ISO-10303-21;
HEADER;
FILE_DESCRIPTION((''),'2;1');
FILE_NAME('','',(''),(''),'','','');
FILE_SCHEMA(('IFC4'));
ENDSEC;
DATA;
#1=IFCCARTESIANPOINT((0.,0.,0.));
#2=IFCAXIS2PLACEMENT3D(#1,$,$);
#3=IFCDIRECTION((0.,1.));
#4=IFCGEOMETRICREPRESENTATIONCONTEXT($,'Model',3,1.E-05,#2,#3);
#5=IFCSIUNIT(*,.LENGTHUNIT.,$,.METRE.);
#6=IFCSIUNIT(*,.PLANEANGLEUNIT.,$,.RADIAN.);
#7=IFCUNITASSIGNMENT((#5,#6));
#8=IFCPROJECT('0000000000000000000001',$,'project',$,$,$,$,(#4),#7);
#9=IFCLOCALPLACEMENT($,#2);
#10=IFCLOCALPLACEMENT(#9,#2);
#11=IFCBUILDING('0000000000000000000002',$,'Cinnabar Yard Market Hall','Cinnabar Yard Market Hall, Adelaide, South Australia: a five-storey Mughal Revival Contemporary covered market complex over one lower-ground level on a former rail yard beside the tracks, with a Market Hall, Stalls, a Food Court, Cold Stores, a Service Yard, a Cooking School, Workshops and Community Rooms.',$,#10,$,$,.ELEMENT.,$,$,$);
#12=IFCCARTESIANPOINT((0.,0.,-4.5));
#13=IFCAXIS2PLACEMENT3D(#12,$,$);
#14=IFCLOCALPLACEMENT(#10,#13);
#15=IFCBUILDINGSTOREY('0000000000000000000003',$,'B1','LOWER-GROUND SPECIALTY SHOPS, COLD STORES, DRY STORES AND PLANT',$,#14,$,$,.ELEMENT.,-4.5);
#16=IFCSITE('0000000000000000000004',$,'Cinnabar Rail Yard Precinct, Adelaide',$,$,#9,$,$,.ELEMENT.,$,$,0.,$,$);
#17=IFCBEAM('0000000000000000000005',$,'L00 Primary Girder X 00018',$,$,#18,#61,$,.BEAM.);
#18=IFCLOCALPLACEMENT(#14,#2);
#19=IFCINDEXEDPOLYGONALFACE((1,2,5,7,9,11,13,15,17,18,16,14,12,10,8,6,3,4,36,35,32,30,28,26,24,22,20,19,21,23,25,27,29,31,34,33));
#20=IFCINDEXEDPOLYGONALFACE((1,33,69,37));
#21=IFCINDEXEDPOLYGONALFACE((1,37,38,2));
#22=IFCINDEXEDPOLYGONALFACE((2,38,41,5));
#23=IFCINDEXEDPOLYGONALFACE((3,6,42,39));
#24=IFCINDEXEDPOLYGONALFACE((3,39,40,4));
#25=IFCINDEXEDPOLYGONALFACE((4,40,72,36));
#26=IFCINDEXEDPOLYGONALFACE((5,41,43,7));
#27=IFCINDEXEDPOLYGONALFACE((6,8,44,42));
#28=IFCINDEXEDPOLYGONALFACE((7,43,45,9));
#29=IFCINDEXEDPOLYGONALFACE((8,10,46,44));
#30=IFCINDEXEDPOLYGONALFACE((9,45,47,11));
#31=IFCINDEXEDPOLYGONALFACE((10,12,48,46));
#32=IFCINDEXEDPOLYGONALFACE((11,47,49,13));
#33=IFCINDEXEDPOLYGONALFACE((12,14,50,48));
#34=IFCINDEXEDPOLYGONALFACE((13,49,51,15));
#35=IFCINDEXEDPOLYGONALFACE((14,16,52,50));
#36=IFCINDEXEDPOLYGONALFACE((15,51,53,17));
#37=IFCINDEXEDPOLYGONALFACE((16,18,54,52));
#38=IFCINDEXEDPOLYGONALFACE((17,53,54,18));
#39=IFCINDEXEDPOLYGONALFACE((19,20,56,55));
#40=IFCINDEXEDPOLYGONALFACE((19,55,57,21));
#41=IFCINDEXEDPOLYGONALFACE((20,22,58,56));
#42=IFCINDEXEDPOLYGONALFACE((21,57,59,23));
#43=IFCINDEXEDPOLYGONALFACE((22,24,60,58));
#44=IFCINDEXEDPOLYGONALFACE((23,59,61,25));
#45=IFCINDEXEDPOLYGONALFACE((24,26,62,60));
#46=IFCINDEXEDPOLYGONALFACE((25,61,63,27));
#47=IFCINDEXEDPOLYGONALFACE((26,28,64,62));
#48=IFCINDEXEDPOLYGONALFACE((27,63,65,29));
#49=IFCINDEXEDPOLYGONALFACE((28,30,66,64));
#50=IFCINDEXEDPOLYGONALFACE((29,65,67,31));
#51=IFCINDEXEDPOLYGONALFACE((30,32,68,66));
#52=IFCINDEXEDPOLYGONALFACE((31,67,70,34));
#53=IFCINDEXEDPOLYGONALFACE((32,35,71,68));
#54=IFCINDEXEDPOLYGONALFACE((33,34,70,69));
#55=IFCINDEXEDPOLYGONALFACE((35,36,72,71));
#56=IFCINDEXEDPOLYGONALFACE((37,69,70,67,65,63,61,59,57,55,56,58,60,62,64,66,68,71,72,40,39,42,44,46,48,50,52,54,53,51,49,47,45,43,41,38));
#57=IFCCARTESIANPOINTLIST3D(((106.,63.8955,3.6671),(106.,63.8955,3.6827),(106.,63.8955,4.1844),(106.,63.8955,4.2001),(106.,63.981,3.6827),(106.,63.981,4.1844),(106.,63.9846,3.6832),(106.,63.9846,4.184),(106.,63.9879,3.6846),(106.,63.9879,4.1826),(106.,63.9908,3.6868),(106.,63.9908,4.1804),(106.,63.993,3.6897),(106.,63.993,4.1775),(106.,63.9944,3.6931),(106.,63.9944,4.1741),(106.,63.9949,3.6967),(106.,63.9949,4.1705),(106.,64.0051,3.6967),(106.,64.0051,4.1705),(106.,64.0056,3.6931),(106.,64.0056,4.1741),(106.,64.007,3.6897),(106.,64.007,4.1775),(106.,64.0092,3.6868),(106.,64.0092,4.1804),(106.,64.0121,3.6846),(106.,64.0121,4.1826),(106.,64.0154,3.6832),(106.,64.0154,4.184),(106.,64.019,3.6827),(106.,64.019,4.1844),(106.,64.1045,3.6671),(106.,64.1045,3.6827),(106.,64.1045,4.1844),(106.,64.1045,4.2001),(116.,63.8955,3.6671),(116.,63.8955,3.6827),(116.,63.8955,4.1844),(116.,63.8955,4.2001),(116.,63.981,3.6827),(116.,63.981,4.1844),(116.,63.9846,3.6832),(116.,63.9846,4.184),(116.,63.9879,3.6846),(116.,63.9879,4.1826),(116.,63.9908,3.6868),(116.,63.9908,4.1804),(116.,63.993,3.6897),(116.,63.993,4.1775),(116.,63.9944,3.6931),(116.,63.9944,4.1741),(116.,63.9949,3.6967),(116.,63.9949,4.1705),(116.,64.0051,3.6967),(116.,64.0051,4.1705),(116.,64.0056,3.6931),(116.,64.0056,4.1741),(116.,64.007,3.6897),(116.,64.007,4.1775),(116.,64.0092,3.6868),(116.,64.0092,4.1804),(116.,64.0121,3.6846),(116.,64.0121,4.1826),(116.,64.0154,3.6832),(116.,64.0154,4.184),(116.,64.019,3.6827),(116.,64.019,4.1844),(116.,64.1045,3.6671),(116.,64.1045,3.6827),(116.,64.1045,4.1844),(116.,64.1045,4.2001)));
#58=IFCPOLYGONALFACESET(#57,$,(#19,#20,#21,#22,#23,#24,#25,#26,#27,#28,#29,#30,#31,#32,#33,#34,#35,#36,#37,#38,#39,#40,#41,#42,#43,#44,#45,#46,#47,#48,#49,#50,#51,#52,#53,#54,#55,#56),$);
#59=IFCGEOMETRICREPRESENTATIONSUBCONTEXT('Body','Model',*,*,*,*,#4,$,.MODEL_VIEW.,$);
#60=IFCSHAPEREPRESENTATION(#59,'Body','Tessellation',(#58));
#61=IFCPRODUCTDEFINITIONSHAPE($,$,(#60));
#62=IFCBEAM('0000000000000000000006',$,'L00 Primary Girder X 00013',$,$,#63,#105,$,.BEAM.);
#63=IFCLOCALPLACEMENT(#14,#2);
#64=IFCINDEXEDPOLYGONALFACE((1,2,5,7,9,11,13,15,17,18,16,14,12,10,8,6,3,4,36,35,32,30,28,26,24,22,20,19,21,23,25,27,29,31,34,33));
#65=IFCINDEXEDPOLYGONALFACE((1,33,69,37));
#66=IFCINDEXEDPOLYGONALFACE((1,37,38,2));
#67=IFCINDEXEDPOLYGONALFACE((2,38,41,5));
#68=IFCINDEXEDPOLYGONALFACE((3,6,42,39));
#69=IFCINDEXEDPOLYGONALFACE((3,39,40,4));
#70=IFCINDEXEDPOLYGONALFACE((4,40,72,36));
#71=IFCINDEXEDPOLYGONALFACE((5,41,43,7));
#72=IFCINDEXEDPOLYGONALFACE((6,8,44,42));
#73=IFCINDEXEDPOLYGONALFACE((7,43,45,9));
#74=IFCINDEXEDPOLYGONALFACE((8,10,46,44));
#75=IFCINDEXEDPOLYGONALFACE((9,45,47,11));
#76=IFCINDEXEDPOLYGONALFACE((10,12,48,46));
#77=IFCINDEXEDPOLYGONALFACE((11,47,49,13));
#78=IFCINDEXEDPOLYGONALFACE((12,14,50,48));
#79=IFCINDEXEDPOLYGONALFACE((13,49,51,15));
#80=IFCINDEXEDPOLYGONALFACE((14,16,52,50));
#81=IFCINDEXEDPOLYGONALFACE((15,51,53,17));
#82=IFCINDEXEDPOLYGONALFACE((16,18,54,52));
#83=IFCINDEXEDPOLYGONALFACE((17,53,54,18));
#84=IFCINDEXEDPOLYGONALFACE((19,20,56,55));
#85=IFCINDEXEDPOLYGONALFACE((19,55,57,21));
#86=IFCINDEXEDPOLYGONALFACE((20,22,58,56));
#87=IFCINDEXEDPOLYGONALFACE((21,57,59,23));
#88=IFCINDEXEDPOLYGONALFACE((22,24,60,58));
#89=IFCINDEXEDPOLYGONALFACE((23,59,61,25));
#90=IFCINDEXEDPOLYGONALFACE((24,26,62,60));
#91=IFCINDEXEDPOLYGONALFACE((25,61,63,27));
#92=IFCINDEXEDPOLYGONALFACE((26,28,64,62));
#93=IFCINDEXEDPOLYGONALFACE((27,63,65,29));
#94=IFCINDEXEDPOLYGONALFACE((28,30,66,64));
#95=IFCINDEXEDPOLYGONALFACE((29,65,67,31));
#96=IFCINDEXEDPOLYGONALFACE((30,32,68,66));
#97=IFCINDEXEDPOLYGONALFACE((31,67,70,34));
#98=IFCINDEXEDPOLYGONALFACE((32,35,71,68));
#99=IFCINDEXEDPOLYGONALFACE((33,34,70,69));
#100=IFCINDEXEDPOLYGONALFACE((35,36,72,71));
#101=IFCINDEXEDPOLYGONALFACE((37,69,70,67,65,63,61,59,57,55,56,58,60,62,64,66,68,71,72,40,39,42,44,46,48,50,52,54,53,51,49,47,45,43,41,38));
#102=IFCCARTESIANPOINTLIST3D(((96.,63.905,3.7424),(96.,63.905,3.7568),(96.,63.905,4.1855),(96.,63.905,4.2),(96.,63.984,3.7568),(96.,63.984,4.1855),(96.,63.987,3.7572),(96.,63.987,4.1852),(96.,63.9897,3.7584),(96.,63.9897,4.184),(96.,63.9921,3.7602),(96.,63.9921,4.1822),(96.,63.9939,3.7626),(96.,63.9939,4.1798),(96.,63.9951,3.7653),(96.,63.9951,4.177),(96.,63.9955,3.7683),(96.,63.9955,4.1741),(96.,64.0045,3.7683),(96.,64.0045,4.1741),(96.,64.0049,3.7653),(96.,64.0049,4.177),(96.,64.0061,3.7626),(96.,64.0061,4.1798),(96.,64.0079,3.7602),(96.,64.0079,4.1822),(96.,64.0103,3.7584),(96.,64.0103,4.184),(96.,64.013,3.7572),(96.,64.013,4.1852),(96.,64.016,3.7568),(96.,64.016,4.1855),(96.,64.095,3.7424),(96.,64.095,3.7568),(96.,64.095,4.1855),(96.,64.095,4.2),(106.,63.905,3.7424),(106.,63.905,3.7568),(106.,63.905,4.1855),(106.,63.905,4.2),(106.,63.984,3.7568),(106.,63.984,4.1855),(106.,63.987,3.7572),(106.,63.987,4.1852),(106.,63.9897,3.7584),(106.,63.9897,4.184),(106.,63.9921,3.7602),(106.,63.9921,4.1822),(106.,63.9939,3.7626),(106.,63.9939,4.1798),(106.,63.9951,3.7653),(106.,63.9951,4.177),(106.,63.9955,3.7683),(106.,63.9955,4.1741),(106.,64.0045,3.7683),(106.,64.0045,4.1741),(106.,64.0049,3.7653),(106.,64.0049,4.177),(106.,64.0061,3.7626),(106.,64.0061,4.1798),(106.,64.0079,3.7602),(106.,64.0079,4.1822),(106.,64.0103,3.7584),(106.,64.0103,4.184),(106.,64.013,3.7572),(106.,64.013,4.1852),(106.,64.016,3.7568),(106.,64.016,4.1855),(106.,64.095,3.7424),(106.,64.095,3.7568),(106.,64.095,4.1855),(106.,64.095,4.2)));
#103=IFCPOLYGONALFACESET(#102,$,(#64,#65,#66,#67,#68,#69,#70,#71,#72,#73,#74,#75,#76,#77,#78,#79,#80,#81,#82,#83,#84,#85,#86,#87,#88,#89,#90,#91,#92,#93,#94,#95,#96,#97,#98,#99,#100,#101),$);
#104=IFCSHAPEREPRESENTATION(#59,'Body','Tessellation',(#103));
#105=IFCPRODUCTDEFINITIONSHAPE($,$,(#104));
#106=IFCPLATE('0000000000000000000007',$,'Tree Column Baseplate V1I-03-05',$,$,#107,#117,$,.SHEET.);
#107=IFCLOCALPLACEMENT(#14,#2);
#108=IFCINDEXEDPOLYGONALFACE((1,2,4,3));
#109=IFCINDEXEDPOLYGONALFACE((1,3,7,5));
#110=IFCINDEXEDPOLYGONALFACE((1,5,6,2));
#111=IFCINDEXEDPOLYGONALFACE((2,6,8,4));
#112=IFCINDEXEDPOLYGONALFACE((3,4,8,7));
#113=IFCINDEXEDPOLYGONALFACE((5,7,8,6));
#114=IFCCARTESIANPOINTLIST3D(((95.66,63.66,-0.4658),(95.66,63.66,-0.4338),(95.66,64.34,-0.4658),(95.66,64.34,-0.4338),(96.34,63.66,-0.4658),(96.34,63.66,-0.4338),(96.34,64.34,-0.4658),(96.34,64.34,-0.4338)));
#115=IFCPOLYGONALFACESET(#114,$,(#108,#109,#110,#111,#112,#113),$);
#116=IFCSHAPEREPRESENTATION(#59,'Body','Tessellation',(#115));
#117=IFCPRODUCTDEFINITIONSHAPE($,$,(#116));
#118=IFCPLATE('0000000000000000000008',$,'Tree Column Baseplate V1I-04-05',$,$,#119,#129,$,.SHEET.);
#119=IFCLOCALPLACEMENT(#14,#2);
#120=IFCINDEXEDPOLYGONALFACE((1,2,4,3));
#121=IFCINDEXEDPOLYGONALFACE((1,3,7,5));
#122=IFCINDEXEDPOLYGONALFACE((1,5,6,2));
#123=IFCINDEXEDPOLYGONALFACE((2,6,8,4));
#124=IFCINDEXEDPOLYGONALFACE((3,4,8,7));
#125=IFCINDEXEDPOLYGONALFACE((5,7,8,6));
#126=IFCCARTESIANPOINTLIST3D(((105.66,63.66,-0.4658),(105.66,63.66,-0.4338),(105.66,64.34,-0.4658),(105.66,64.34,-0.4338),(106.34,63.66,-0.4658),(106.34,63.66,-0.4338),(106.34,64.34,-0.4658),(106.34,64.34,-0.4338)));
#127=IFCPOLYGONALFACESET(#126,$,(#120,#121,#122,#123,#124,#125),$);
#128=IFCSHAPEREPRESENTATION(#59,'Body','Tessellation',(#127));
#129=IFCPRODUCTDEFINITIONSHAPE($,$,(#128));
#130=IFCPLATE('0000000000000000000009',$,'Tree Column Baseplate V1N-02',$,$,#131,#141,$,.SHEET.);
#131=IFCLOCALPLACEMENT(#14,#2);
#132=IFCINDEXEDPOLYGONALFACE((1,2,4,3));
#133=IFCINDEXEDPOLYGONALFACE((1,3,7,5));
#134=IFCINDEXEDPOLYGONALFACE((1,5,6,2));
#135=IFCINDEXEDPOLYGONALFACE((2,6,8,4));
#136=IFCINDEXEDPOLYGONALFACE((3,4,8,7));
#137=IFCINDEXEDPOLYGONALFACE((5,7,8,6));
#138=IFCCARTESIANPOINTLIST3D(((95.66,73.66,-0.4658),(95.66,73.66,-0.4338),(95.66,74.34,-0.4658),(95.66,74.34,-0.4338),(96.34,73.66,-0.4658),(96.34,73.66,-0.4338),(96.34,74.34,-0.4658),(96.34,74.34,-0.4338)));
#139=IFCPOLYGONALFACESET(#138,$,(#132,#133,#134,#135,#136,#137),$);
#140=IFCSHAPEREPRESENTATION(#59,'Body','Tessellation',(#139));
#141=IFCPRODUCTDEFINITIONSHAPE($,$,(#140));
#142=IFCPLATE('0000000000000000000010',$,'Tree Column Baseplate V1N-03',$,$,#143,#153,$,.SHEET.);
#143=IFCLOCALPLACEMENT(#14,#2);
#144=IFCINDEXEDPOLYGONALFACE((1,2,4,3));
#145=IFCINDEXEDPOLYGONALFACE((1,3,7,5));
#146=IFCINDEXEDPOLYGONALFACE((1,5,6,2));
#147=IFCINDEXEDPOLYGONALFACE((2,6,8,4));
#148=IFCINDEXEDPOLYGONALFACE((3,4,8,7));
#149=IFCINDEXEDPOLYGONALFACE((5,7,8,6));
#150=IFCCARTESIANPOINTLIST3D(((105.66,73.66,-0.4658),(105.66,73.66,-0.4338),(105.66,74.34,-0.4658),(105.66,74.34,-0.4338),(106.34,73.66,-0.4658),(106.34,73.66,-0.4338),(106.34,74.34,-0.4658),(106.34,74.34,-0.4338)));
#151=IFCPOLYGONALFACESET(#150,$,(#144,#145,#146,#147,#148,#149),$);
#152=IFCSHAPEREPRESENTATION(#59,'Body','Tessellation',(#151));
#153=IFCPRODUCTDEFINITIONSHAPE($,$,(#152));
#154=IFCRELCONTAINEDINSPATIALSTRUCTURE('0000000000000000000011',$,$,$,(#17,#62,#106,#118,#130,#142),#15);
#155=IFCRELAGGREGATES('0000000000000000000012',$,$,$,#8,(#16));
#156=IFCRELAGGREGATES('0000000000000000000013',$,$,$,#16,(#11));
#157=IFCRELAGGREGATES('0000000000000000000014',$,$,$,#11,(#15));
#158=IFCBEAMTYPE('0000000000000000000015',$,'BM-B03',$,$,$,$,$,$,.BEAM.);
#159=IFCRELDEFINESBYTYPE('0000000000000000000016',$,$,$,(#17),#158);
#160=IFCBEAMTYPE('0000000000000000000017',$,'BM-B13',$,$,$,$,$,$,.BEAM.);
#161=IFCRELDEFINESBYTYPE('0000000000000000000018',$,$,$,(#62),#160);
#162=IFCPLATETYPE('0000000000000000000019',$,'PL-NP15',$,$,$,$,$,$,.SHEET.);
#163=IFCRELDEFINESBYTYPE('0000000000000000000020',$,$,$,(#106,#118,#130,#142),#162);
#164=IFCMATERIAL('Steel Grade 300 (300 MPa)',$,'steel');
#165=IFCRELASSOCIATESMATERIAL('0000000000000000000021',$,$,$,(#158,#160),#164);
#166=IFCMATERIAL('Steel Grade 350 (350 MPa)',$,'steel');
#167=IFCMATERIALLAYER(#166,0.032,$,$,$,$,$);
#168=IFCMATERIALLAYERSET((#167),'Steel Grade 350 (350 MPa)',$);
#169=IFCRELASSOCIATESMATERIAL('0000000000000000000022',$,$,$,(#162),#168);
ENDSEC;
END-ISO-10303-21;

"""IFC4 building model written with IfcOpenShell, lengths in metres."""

from ifc_helpers import new_model, si_unit, direction, frame, origin, origin_2d_with_axis, place, context, subcontext, project, spatial, rectangle, i_section, extrude, material, layer, layer_set, material_profile, profile_set, type_object, element, save


model = new_model("IFC4")

# Units and contexts
model_context = context("Model", 3, precision=1e-05, world=origin(), true_north=direction((0.0, 1.0)))
body_context = subcontext(model_context, "Body", "Model", "MODEL_VIEW")
ifc_project = project(units=[si_unit("LENGTHUNIT", "METRE"), si_unit("PLANEANGLEUNIT", "RADIAN")], contexts=[model_context])

# Site, building, storey
site_placement = place(None, origin())
site = spatial("IfcSite", under=ifc_project, at=site_placement, Name="Cinnabar Rail Yard Precinct, Adelaide", CompositionType="ELEMENT", RefElevation=0.0)
building_placement = place(site_placement, origin())
building = spatial("IfcBuilding", under=site, at=building_placement, Name="Cinnabar Yard Market Hall", Description="Cinnabar Yard Market Hall, Adelaide, South Australia: a five-storey Mughal Revival Contemporary covered market complex over one lower-ground level on a former rail yard beside the tracks, with a Market Hall, Stalls, a Food Court, Cold Stores, a Service Yard, a Cooking School, Workshops and Community Rooms.", CompositionType="ELEMENT")
storey_placement = place(building_placement, frame((0.0, 0.0, -4.5)))
storey = spatial("IfcBuildingStorey", under=building, at=storey_placement, Name="B1", Description="LOWER-GROUND SPECIALTY SHOPS, COLD STORES, DRY STORES AND PLANT", CompositionType="ELEMENT", Elevation=-4.5)

# Beams
ifc_material_1 = material(Name="Steel Grade 300 (300 MPa)", Category="steel")
ifc_material_profile_1 = material_profile(ifc_material_1, i_section(OverallWidth=0.209, OverallDepth=0.533, WebThickness=0.0103, FlangeThickness=0.0156, FilletRadius=0.0139, at=origin_2d_with_axis()), Name="530UB92.4")
ifc_profile_set_1 = profile_set([ifc_material_profile_1], Name="Steel Grade 300 (300 MPa)")
beam_type_1 = type_object("IfcBeamType", Name="BM-B03", PredefinedType="BEAM", material=ifc_profile_set_1)
beam_1_placement = place(storey_placement, frame((106.0, 64.0, 3.9336), z_axis=(1.0, 0.0, 0.0), x_axis=(0.0, 1.0, 0.0)))
element("IfcBeam", 1, at=beam_1_placement, inside=storey, type_object=beam_type_1, Name="L00 Primary Girder X 00018", PredefinedType="BEAM", context=body_context, shape_type="SweptSolid", body=[
    extrude(i_section(OverallWidth=0.209, OverallDepth=0.533, WebThickness=0.0103, FlangeThickness=0.0156, FilletRadius=0.0139, at=origin_2d_with_axis()), origin(), (0.0, 0.0, 1.0), 10.0),
])
ifc_material_profile_2 = material_profile(ifc_material_1, i_section(OverallWidth=0.1899, OverallDepth=0.4575, WebThickness=0.009, FlangeThickness=0.0144, FilletRadius=0.0115, at=origin_2d_with_axis()), Name="460UB74.6")
ifc_profile_set_2 = profile_set([ifc_material_profile_2], Name="Steel Grade 300 (300 MPa)")
beam_type_2 = type_object("IfcBeamType", Name="BM-B13", PredefinedType="BEAM", material=ifc_profile_set_2)
beam_2_placement = place(storey_placement, frame((96.0, 64.0, 3.9712), z_axis=(1.0, 0.0, 0.0), x_axis=(0.0, 1.0, 0.0)))
element("IfcBeam", 2, at=beam_2_placement, inside=storey, type_object=beam_type_2, Name="L00 Primary Girder X 00013", PredefinedType="BEAM", context=body_context, shape_type="SweptSolid", body=[
    extrude(i_section(OverallWidth=0.1899, OverallDepth=0.4575, WebThickness=0.009, FlangeThickness=0.0144, FilletRadius=0.0115, at=origin_2d_with_axis()), origin(), (0.0, 0.0, 1.0), 10.0),
])

# Plates
ifc_material_2 = material(Name="Steel Grade 350 (350 MPa)", Category="steel")
ifc_layer_1 = layer(ifc_material_2, 0.032)
ifc_layer_set_1 = layer_set([ifc_layer_1], Name="Steel Grade 350 (350 MPa)")
plate_type = type_object("IfcPlateType", Name="PL-NP15", PredefinedType="SHEET", material=ifc_layer_set_1)
for number, where, z_axis, x_axis, name in (
    (3, (96.0, 64.0, -0.4658), (0.0, 0.0, 1.0), (1.0, 0.0, 0.0), "Tree Column Baseplate V1I-03-05"),
    (4, (106.0, 64.0, -0.4658), (0.0, 0.0, 1.0), (1.0, 0.0, 0.0), "Tree Column Baseplate V1I-04-05"),
    (5, (96.0, 74.0, -0.4658), (0.0, 0.0, 1.0), (1.0, 0.0, 0.0), "Tree Column Baseplate V1N-02"),
    (6, (106.0, 74.0, -0.4658), (0.0, 0.0, 1.0), (1.0, 0.0, 0.0), "Tree Column Baseplate V1N-03"),
):
    element("IfcPlate", number, at=place(storey_placement, frame(where, z_axis=z_axis, x_axis=x_axis)), inside=storey, type_object=plate_type, Name=name, PredefinedType="SHEET", context=body_context, shape_type="SweptSolid", body=[
        extrude(rectangle(XDim=0.6799, YDim=0.6799, at=origin_2d_with_axis()), origin(), (0.0, 0.0, 1.0), 0.032),
    ])

save(model, "model.ifc")
